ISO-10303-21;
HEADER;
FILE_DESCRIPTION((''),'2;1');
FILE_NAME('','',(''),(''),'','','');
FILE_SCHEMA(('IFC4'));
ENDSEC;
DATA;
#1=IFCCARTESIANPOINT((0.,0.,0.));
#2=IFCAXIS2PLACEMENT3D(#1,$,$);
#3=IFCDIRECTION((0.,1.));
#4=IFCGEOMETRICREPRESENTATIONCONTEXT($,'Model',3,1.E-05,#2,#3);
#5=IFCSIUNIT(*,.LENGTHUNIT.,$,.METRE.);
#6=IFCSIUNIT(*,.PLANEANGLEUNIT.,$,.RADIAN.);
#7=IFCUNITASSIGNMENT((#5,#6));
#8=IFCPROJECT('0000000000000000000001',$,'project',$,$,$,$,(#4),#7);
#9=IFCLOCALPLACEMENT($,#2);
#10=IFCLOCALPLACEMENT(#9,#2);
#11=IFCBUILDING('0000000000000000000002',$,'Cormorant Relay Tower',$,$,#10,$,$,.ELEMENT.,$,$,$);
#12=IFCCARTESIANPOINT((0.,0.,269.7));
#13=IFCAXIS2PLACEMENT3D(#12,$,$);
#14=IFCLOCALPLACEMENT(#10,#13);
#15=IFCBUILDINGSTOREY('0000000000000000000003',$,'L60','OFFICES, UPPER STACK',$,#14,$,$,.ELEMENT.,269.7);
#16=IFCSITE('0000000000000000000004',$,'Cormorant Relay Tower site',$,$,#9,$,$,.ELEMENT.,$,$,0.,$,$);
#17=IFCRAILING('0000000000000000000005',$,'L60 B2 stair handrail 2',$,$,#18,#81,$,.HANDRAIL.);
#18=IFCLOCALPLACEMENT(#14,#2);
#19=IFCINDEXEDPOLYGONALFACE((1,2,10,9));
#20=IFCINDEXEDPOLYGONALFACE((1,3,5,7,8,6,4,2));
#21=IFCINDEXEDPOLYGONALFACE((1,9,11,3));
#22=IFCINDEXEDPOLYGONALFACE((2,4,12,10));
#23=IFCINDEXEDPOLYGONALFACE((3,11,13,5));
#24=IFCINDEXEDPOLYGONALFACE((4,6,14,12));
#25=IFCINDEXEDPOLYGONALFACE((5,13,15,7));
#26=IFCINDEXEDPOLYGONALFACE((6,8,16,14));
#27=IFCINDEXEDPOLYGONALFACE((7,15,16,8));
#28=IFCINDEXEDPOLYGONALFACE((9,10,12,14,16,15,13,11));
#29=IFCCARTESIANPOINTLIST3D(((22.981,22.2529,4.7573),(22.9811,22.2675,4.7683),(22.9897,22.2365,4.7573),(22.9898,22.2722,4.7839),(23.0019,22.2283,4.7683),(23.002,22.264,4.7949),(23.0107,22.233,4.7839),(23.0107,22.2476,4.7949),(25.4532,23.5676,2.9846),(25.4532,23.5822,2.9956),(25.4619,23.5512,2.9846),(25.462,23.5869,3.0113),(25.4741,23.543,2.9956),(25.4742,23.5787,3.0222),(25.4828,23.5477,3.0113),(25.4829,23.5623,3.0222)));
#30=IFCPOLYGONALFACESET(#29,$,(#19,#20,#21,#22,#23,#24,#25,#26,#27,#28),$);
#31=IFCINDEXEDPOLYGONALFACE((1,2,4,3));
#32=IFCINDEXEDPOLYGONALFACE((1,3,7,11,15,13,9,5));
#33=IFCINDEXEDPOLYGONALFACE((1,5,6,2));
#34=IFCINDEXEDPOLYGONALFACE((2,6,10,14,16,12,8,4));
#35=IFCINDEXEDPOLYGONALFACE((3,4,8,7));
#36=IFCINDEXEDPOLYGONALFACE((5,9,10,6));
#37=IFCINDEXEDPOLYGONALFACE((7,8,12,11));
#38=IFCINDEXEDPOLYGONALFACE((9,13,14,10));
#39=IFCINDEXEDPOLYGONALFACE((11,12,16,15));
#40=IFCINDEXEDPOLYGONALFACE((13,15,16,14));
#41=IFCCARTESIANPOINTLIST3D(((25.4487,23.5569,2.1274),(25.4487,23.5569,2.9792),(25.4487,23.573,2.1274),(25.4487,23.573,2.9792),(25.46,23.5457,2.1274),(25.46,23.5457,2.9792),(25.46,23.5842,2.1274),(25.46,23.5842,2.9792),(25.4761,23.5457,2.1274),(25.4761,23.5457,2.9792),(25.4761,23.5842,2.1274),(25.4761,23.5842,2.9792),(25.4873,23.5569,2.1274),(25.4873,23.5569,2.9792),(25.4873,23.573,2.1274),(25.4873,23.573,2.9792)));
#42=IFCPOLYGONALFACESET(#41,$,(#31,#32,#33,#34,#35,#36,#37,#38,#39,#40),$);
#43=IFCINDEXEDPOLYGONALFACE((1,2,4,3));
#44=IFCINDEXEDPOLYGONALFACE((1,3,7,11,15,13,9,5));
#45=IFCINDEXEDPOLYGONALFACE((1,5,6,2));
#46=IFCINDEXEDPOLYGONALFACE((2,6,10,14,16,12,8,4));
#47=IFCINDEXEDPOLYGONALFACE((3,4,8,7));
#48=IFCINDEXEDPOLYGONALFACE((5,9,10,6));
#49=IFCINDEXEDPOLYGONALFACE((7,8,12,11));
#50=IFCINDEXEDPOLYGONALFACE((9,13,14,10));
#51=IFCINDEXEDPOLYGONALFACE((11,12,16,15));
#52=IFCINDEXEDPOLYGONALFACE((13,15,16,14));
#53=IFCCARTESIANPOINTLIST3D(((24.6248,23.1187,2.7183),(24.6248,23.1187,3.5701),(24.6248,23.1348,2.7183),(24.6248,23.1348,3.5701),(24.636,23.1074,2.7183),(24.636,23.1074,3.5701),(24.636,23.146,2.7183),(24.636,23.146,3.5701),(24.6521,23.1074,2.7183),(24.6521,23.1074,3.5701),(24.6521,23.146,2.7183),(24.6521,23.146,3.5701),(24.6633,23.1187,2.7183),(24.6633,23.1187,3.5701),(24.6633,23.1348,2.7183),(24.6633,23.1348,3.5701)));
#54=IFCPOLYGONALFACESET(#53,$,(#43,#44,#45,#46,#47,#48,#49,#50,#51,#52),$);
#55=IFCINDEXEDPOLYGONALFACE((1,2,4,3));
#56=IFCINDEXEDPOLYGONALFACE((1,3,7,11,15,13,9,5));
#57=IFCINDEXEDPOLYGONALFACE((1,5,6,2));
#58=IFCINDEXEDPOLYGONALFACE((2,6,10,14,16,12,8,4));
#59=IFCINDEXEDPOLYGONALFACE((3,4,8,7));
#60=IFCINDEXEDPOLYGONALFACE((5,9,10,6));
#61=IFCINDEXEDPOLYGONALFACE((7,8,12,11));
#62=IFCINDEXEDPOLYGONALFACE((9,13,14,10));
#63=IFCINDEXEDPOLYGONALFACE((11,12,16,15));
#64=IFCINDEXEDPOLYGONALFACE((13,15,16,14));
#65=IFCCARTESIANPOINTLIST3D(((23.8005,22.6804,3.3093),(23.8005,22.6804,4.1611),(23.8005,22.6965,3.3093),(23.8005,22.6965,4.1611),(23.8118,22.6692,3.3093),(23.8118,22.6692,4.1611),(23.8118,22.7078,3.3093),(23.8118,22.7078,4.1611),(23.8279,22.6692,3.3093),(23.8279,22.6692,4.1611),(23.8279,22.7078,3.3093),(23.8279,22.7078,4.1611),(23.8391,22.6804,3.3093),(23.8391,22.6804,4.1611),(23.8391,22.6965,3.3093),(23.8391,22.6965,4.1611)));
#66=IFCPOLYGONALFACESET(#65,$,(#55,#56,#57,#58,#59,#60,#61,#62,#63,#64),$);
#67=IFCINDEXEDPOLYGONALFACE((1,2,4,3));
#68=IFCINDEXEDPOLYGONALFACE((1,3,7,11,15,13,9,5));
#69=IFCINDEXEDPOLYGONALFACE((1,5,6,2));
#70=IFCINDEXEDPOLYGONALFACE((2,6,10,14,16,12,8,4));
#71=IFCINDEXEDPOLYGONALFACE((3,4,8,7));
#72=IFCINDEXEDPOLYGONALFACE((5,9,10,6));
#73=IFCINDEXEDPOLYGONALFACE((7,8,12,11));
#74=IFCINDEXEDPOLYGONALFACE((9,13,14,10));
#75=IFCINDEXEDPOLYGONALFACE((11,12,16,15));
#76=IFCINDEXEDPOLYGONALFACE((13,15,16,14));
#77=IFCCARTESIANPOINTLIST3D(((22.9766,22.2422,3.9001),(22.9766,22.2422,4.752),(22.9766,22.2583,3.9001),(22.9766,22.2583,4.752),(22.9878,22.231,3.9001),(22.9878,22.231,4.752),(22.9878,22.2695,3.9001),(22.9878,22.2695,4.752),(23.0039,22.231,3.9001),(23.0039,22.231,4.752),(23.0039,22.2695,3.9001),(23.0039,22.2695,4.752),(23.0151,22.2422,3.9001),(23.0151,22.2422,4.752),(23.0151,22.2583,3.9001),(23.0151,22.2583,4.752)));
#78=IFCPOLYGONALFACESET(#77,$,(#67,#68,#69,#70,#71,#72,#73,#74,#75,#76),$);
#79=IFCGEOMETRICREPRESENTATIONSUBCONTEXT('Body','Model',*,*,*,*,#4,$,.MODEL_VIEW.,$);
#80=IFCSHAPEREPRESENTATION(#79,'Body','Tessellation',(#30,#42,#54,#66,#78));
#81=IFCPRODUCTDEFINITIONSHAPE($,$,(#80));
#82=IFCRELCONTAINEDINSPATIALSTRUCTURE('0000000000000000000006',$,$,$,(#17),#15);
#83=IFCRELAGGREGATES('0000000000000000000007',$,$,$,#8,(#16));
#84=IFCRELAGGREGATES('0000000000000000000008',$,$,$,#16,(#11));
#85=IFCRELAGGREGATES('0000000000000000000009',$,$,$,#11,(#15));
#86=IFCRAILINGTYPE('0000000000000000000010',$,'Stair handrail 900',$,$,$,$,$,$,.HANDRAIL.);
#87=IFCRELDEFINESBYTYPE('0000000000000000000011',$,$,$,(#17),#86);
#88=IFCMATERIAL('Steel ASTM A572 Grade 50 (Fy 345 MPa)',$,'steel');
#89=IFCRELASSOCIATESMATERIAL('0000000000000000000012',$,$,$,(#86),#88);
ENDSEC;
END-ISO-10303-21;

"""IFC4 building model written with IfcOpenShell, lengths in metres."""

from ifc_helpers import new_model, si_unit, direction, frame, origin, place, context, subcontext, project, spatial, polyline, outline, extrude, material, type_object, element, save


model = new_model("IFC4")

# Units and contexts
model_context = context("Model", 3, precision=1e-05, world=origin(), true_north=direction((0.0, 1.0)))
body_context = subcontext(model_context, "Body", "Model", "MODEL_VIEW")
ifc_project = project(units=[si_unit("LENGTHUNIT", "METRE"), si_unit("PLANEANGLEUNIT", "RADIAN")], contexts=[model_context])

# Site, building, storey
site_placement = place(None, origin())
site = spatial("IfcSite", under=ifc_project, at=site_placement, Name="Cormorant Relay Tower site", CompositionType="ELEMENT", RefElevation=0.0)
building_placement = place(site_placement, origin())
building = spatial("IfcBuilding", under=site, at=building_placement, Name="Cormorant Relay Tower", CompositionType="ELEMENT")
storey_placement = place(building_placement, frame((0.0, 0.0, 269.7)))
storey = spatial("IfcBuildingStorey", under=building, at=storey_placement, Name="L60", Description="OFFICES, UPPER STACK", CompositionType="ELEMENT", Elevation=269.7)

# Railing
ifc_material_1 = material(Name="Steel ASTM A572 Grade 50 (Fy 345 MPa)", Category="steel")
railing_type_1 = type_object("IfcRailingType", Name="Stair handrail 900", PredefinedType="HANDRAIL", material=ifc_material_1)
railing_1_placement = place(storey_placement, frame((25.468, 23.5649, 2.1274)))
element("IfcRailing", 1, at=railing_1_placement, inside=storey, type_object=railing_type_1, Name="L60 B2 stair handrail 2", PredefinedType="HANDRAIL", context=body_context, shape_type="SweptSolid", body=[
    extrude(outline(polyline([(0.0222, 0.0093), (0.0093, 0.0222), (-0.0093, 0.0222), (-0.0222, 0.0093), (-0.0222, -0.0093), (-0.0093, -0.0222), (0.0093, -0.0222), (0.0222, -0.0093), (0.0222, 0.0093)])), frame((0.0, 0.0, 0.876), z_axis=(-0.745979, -0.396711, 0.534916), x_axis=(0.469533, -0.882915, 0.0)), (0.0, 0.0, 1.0), 3.314),
    extrude(outline(polyline([(0.0193, 0.0081), (0.0081, 0.0193), (-0.0081, 0.0193), (-0.0193, 0.0081), (-0.0193, -0.0081), (-0.0081, -0.0193), (0.0081, -0.0193), (0.0193, -0.0081), (0.0193, 0.0081)])), origin(), (0.0, 0.0, 1.0), 0.8518),
    extrude(outline(polyline([(0.0193, 0.0081), (0.0081, 0.0193), (-0.0081, 0.0193), (-0.0193, 0.0081), (-0.0193, -0.0081), (-0.0081, -0.0193), (0.0081, -0.0193), (0.0193, -0.0081), (0.0193, 0.0081)])), frame((-0.824, -0.4382, 0.5908)), (0.0, 0.0, 1.0), 0.8518),
    extrude(outline(polyline([(0.0193, 0.0081), (0.0081, 0.0193), (-0.0081, 0.0193), (-0.0193, 0.0081), (-0.0193, -0.0081), (-0.0081, -0.0193), (0.0081, -0.0193), (0.0193, -0.0081), (0.0193, 0.0081)])), frame((-1.6482, -0.8765, 1.1819)), (0.0, 0.0, 1.0), 0.8518),
    extrude(outline(polyline([(0.0193, 0.0081), (0.0081, 0.0193), (-0.0081, 0.0193), (-0.0193, 0.0081), (-0.0193, -0.0081), (-0.0081, -0.0193), (0.0081, -0.0193), (0.0193, -0.0081), (0.0193, 0.0081)])), frame((-2.4722, -1.3147, 1.7727)), (0.0, 0.0, 1.0), 0.8518),
])

save(model, "model.ifc")
